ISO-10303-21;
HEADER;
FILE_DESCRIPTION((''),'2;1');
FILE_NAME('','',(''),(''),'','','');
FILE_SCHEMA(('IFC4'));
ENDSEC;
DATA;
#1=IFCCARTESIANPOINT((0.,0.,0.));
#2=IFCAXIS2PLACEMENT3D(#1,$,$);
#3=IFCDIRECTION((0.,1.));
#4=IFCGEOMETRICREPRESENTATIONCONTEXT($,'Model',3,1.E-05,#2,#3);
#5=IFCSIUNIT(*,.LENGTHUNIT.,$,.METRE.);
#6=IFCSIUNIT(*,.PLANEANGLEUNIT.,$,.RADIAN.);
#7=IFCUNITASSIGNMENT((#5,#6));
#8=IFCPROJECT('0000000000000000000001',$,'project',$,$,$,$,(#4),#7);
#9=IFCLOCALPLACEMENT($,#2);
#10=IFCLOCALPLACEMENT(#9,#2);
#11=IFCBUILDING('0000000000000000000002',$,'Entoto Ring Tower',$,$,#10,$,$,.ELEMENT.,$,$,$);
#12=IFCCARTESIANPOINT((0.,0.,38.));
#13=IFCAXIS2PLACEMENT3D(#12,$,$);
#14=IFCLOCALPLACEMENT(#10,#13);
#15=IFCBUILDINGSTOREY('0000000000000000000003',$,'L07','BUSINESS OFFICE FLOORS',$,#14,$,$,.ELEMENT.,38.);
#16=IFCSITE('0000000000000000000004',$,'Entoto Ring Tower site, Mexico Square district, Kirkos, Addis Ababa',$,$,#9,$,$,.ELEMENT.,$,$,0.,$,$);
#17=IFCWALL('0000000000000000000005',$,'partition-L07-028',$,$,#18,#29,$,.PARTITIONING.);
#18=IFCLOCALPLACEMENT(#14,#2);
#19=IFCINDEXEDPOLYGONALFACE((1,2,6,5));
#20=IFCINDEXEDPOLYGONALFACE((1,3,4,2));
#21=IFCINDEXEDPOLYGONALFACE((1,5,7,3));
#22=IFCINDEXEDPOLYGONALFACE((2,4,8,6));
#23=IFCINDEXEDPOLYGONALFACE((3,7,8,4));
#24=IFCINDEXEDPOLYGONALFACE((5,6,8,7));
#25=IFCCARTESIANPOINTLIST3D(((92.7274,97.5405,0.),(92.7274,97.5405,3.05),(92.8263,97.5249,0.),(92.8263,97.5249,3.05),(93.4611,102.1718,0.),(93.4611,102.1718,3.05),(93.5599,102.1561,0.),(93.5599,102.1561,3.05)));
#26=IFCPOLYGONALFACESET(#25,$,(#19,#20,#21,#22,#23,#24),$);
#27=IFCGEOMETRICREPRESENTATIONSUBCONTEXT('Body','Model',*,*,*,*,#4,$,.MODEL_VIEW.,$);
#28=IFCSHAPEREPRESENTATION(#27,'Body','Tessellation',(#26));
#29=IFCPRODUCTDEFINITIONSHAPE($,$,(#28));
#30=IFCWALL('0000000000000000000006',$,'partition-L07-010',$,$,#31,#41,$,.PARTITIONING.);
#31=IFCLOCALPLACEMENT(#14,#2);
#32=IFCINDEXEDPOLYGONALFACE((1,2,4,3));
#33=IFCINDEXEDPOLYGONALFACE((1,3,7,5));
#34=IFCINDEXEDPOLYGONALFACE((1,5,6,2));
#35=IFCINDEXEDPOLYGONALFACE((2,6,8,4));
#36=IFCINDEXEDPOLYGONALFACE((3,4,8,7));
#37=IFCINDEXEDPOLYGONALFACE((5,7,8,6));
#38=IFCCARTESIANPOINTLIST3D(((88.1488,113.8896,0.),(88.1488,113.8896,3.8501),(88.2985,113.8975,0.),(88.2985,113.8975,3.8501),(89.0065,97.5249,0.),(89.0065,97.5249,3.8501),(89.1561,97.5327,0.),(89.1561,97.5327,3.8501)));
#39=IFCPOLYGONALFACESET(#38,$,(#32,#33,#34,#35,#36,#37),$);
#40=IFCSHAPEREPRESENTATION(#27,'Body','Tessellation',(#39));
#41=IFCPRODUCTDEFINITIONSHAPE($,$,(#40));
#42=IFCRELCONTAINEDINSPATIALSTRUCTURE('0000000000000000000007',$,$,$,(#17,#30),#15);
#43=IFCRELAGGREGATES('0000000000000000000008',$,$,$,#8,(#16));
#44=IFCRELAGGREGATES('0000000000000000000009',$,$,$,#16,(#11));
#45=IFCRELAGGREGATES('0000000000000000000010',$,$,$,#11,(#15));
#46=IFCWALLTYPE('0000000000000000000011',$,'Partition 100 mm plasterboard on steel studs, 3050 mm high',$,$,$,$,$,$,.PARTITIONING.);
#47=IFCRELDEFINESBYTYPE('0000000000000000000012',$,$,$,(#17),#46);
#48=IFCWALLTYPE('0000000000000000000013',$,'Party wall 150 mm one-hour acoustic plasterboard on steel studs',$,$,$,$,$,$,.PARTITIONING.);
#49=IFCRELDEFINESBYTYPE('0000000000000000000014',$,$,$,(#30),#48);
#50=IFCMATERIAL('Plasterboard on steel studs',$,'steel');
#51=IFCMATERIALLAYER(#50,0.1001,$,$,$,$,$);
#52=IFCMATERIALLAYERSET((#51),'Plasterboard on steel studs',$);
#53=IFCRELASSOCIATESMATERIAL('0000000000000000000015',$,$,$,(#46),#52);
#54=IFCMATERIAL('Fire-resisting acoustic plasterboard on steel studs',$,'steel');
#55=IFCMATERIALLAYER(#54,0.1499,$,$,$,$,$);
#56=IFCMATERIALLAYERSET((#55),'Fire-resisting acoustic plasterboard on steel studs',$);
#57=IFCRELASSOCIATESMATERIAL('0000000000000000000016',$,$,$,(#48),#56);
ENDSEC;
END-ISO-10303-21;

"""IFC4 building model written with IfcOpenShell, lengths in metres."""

from ifc_helpers import new_model, si_unit, direction, frame, frame_2d, origin, place, context, subcontext, project, spatial, rectangle, extrude, material, layer, layer_set, type_object, element, save


model = new_model("IFC4")

# Units and contexts
model_context = context("Model", 3, precision=1e-05, world=origin(), true_north=direction((0.0, 1.0)))
body_context = subcontext(model_context, "Body", "Model", "MODEL_VIEW")
ifc_project = project(units=[si_unit("LENGTHUNIT", "METRE"), si_unit("PLANEANGLEUNIT", "RADIAN")], contexts=[model_context])

# Site, building, storey
site_placement = place(None, origin())
site = spatial("IfcSite", under=ifc_project, at=site_placement, Name="Entoto Ring Tower site, Mexico Square district, Kirkos, Addis Ababa", CompositionType="ELEMENT", RefElevation=0.0)
building_placement = place(site_placement, origin())
building = spatial("IfcBuilding", under=site, at=building_placement, Name="Entoto Ring Tower", CompositionType="ELEMENT")
storey_placement = place(building_placement, frame((0.0, 0.0, 38.0)))
storey = spatial("IfcBuildingStorey", under=building, at=storey_placement, Name="L07", Description="BUSINESS OFFICE FLOORS", CompositionType="ELEMENT", Elevation=38.0)

# Walls
ifc_material_1 = material(Name="Plasterboard on steel studs", Category="steel")
ifc_layer_1 = layer(ifc_material_1, 0.1001)
ifc_layer_set_1 = layer_set([ifc_layer_1], Name="Plasterboard on steel studs")
wall_type_1 = type_object("IfcWallType", Name="Partition 100 mm plasterboard on steel studs, 3050 mm high", PredefinedType="PARTITIONING", material=ifc_layer_set_1)
wall_1_placement = place(storey_placement, frame((92.7769, 97.5327, 0.0), z_axis=(0.0, 0.0, 1.0), x_axis=(0.156465, 0.987683, 0.0)))
element("IfcWall", 1, at=wall_1_placement, inside=storey, type_object=wall_type_1, Name="partition-L07-028", PredefinedType="PARTITIONING", context=body_context, shape_type="SweptSolid", body=[
    extrude(rectangle(XDim=4.689, YDim=0.1001, at=frame_2d((2.3445, 0.0))), origin(), (0.0, 0.0, 1.0), 3.05),
])
ifc_material_2 = material(Name="Fire-resisting acoustic plasterboard on steel studs", Category="steel")
ifc_layer_2 = layer(ifc_material_2, 0.1499)
ifc_layer_set_2 = layer_set([ifc_layer_2], Name="Fire-resisting acoustic plasterboard on steel studs")
wall_type_2 = type_object("IfcWallType", Name="Party wall 150 mm one-hour acoustic plasterboard on steel studs", PredefinedType="PARTITIONING", material=ifc_layer_set_2)
wall_2_placement = place(storey_placement, frame((89.0813, 97.5288, 0.0), z_axis=(0.0, 0.0, 1.0), x_axis=(-0.052338, 0.998629, 0.0)))
element("IfcWall", 2, at=wall_2_placement, inside=storey, type_object=wall_type_2, Name="partition-L07-010", PredefinedType="PARTITIONING", context=body_context, shape_type="SweptSolid", body=[
    extrude(rectangle(XDim=16.3872, YDim=0.1499, at=frame_2d((8.1936, 0.0))), origin(), (0.0, 0.0, 1.0), 3.8501),
])

save(model, "model.ifc")
